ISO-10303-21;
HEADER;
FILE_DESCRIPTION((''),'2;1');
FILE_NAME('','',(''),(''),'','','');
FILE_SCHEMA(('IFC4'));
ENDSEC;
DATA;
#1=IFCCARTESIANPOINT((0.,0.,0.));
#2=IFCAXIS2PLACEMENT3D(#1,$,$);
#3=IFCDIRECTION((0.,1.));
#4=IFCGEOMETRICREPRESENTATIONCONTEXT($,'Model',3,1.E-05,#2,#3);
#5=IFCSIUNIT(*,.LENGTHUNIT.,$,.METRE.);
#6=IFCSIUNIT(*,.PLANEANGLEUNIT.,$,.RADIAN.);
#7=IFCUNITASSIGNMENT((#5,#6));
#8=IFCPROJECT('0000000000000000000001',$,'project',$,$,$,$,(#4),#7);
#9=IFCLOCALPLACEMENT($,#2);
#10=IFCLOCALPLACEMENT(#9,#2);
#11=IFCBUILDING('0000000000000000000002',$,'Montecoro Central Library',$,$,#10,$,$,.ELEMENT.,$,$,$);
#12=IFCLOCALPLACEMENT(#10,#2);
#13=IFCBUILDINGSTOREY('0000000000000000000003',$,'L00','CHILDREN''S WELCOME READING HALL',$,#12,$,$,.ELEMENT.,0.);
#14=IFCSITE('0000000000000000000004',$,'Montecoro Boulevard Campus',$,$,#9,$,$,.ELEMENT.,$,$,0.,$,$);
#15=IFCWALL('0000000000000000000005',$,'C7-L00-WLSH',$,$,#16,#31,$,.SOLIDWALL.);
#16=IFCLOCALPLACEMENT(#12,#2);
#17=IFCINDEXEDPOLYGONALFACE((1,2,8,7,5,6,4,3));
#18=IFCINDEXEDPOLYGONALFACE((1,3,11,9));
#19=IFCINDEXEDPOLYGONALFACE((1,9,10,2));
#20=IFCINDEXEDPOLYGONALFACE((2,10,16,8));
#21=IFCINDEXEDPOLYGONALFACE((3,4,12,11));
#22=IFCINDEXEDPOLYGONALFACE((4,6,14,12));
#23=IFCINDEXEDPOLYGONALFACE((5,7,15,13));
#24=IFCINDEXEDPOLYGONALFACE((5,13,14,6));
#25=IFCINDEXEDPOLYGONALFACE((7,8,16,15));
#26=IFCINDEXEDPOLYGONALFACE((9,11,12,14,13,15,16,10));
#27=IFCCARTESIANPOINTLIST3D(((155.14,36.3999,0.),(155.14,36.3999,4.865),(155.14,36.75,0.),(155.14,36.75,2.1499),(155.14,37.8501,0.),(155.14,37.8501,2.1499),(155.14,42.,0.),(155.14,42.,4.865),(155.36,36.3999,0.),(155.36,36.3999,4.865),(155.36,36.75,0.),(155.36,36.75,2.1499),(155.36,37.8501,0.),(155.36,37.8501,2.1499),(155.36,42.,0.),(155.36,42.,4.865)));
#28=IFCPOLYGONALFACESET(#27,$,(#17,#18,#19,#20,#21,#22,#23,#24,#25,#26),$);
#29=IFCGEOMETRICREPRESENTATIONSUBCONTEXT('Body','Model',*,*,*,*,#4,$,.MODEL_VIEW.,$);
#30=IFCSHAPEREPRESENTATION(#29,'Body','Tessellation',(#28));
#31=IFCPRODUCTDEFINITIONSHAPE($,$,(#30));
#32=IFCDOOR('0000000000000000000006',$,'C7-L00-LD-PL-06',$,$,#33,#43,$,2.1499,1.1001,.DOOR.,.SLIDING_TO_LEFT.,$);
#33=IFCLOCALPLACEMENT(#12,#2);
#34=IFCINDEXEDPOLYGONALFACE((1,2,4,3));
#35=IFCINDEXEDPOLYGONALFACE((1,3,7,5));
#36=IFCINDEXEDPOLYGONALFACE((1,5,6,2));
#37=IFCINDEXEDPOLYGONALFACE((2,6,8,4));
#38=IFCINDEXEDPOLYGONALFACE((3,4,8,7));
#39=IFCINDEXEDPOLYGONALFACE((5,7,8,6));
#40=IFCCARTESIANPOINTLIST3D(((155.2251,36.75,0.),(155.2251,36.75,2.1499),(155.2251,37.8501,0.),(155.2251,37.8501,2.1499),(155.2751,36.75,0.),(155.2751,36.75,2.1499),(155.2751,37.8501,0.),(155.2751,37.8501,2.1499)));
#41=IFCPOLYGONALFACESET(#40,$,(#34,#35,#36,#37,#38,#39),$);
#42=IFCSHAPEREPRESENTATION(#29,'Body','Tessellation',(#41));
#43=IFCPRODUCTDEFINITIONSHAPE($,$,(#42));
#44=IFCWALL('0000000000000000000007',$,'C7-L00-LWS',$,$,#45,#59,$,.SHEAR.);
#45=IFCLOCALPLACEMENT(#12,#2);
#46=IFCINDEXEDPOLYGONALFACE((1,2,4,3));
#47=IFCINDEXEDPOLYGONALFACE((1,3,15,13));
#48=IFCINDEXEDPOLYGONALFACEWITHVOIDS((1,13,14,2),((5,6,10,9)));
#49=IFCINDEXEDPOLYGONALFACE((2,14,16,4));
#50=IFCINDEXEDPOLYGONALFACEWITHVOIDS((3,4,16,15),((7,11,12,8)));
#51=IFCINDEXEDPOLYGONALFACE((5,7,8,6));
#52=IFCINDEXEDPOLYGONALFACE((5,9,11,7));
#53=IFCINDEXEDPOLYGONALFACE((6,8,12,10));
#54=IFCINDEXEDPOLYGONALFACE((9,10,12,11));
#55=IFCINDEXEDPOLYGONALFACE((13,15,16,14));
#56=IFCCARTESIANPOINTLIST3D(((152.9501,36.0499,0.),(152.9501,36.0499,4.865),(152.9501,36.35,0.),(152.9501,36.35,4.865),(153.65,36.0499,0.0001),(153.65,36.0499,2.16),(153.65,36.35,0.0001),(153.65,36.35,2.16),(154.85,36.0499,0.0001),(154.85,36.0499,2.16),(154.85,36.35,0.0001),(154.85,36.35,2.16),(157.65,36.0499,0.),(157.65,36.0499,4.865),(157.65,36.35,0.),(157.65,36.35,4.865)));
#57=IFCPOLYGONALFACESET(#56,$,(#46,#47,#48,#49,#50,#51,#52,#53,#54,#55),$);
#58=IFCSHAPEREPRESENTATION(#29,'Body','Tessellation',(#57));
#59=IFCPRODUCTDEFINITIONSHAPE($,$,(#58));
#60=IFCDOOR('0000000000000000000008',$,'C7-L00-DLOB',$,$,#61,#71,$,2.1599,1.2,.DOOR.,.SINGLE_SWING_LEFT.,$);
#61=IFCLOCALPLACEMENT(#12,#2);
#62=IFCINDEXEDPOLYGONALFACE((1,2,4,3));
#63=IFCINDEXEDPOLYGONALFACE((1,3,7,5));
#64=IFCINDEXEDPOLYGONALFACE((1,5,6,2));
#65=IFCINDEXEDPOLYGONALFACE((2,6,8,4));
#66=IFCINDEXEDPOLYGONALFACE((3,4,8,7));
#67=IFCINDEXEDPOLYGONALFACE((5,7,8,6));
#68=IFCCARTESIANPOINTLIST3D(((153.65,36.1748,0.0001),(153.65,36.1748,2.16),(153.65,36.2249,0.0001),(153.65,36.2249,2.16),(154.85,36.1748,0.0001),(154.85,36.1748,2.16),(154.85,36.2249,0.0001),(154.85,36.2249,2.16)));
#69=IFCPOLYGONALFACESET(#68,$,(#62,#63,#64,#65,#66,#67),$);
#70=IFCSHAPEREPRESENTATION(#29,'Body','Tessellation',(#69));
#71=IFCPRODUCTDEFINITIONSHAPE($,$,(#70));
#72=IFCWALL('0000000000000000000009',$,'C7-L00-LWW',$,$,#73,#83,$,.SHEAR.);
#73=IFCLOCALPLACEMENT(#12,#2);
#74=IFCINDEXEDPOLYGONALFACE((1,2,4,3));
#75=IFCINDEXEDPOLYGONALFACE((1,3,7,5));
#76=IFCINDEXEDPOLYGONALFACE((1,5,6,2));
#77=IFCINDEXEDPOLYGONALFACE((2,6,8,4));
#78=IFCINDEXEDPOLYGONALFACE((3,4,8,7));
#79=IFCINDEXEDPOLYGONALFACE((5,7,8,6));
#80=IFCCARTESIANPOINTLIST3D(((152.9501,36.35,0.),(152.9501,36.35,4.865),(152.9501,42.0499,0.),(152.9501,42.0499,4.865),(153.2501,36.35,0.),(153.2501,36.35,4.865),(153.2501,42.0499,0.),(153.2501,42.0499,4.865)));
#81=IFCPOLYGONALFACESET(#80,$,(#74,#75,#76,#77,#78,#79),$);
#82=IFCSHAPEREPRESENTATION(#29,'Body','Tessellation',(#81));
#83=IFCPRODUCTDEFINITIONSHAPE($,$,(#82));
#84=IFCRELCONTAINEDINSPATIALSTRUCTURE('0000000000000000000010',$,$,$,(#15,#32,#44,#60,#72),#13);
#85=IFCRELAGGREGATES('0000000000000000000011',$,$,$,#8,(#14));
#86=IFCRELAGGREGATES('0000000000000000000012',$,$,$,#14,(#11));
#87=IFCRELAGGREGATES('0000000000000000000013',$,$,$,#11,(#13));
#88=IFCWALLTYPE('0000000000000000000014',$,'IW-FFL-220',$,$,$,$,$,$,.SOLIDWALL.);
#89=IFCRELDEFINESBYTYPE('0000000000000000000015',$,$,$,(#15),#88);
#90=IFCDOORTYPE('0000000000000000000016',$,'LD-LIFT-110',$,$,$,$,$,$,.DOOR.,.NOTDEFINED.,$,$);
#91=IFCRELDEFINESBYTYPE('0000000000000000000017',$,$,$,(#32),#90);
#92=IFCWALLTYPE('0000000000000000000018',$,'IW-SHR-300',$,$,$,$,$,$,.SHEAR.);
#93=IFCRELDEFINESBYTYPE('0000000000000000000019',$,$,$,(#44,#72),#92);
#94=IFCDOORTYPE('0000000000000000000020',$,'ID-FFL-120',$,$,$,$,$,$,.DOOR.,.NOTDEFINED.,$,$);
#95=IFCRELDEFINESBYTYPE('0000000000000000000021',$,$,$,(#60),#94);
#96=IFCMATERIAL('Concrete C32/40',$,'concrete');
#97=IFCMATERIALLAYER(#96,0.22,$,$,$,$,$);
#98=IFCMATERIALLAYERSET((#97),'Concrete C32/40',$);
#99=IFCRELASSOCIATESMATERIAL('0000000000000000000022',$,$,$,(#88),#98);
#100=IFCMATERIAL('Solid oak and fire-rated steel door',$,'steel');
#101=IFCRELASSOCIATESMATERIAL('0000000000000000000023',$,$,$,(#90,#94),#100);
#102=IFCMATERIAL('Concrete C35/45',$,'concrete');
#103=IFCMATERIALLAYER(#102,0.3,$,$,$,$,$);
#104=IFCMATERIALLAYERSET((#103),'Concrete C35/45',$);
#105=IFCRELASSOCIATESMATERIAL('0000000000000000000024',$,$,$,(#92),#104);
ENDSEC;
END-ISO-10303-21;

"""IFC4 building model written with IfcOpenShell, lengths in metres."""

from ifc_helpers import new_model, si_unit, direction, frame, frame_2d, origin, place, context, subcontext, project, spatial, rectangle, extrude, material, layer, layer_set, type_object, element, fill, save


model = new_model("IFC4")

# Units and contexts
model_context = context("Model", 3, precision=1e-05, world=origin(), true_north=direction((0.0, 1.0)))
body_context = subcontext(model_context, "Body", "Model", "MODEL_VIEW")
ifc_project = project(units=[si_unit("LENGTHUNIT", "METRE"), si_unit("PLANEANGLEUNIT", "RADIAN")], contexts=[model_context])

# Site, building, storey
site_placement = place(None, origin())
site = spatial("IfcSite", under=ifc_project, at=site_placement, Name="Montecoro Boulevard Campus", CompositionType="ELEMENT", RefElevation=0.0)
building_placement = place(site_placement, origin())
building = spatial("IfcBuilding", under=site, at=building_placement, Name="Montecoro Central Library", CompositionType="ELEMENT")
storey_placement = place(building_placement, origin())
storey = spatial("IfcBuildingStorey", under=building, at=storey_placement, Name="L00", Description="CHILDREN'S WELCOME READING HALL", CompositionType="ELEMENT", Elevation=0.0)

# Walls, openings, doors
ifc_material_1 = material(Name="Concrete C32/40", Category="concrete")
ifc_layer_1 = layer(ifc_material_1, 0.22)
ifc_layer_set_1 = layer_set([ifc_layer_1], Name="Concrete C32/40")
wall_type_1 = type_object("IfcWallType", Name="IW-FFL-220", PredefinedType="SOLIDWALL", material=ifc_layer_set_1)
wall_1_placement = place(storey_placement, frame((155.25, 36.3999, 0.0), z_axis=(0.0, 0.0, 1.0), x_axis=(0.0, 1.0, 0.0)))
wall_1 = element("IfcWall", 1, at=wall_1_placement, inside=storey, type_object=wall_type_1, Name="C7-L00-WLSH", PredefinedType="SOLIDWALL", context=body_context, shape_type="SweptSolid", body=[
    extrude(rectangle(XDim=5.6001, YDim=0.22, at=frame_2d((2.8, 0.0))), origin(), (0.0, 0.0, 1.0), 4.865),
])
opening_1_placement = place(wall_1_placement, frame((0.3501, 0.0, 0.0)))
opening_1 = element("IfcOpeningElement", 2, at=opening_1_placement, cuts=wall_1, PredefinedType="OPENING", context=body_context, shape_type="SweptSolid", body=[
    extrude(rectangle(XDim=1.1001, YDim=2.1499, at=frame_2d((0.55, 1.075))), frame((0.0, 0.1199, 0.0), z_axis=(0.0, -1.0, 0.0), x_axis=(1.0, 0.0, 0.0)), (0.0, 0.0, 1.0), 0.24),
])
ifc_material_2 = material(Name="Solid oak and fire-rated steel door", Category="steel")
door_type_1 = type_object("IfcDoorType", Name="LD-LIFT-110", OperationType="NOTDEFINED", PredefinedType="DOOR", material=ifc_material_2)
door_1_placement = place(opening_1_placement, origin())
door_1 = element("IfcDoor", 3, at=door_1_placement, inside=storey, type_object=door_type_1, Name="C7-L00-LD-PL-06", OperationType="SLIDING_TO_LEFT", OverallHeight=2.1499, OverallWidth=1.1001, PredefinedType="DOOR", context=body_context, shape_type="SweptSolid", body=[
    extrude(rectangle(XDim=1.1001, YDim=2.1499, at=frame_2d((0.55, 1.075))), frame((0.0, 0.0249, 0.0), z_axis=(0.0, -1.0, 0.0), x_axis=(1.0, 0.0, 0.0)), (0.0, 0.0, 1.0), 0.05),
])
fill(opening_1, door_1)
ifc_material_3 = material(Name="Concrete C35/45", Category="concrete")
ifc_layer_2 = layer(ifc_material_3, 0.3)
ifc_layer_set_2 = layer_set([ifc_layer_2], Name="Concrete C35/45")
wall_type_2 = type_object("IfcWallType", Name="IW-SHR-300", PredefinedType="SHEAR", material=ifc_layer_set_2)
wall_2_placement = place(storey_placement, frame((152.95, 36.2, 0.0), z_axis=(0.0, 0.0, 1.0), x_axis=(1.0, 0.0, 0.0)))
wall_2 = element("IfcWall", 4, at=wall_2_placement, inside=storey, type_object=wall_type_2, Name="C7-L00-LWS", PredefinedType="SHEAR", context=body_context, shape_type="SweptSolid", body=[
    extrude(rectangle(XDim=4.7, YDim=0.3, at=frame_2d((2.3501, 0.0))), origin(), (0.0, 0.0, 1.0), 4.865),
])
opening_2_placement = place(wall_2_placement, frame((0.7, 0.0, 0.0)))
opening_2 = element("IfcOpeningElement", 5, at=opening_2_placement, cuts=wall_2, PredefinedType="OPENING", context=body_context, shape_type="SweptSolid", body=[
    extrude(rectangle(XDim=1.2, YDim=2.1599, at=frame_2d((0.6001, 1.0801))), frame((0.0, 0.1599, 0.0), z_axis=(0.0, -1.0, 0.0), x_axis=(1.0, 0.0, 0.0)), (0.0, 0.0, 1.0), 0.3201),
])
door_type_2 = type_object("IfcDoorType", Name="ID-FFL-120", OperationType="NOTDEFINED", PredefinedType="DOOR", material=ifc_material_2)
door_2_placement = place(opening_2_placement, origin())
door_2 = element("IfcDoor", 6, at=door_2_placement, inside=storey, type_object=door_type_2, Name="C7-L00-DLOB", OperationType="SINGLE_SWING_LEFT", OverallHeight=2.1599, OverallWidth=1.2, PredefinedType="DOOR", context=body_context, shape_type="SweptSolid", body=[
    extrude(rectangle(XDim=1.2, YDim=2.1599, at=frame_2d((0.6001, 1.0801))), frame((0.0, 0.0249, 0.0), z_axis=(0.0, -1.0, 0.0), x_axis=(1.0, 0.0, 0.0)), (0.0, 0.0, 1.0), 0.05),
])
fill(opening_2, door_2)

# Wall
wall_3_placement = place(storey_placement, frame((153.1001, 42.05, 0.0), z_axis=(0.0, 0.0, 1.0), x_axis=(0.0, -1.0, 0.0)))
element("IfcWall", 7, at=wall_3_placement, inside=storey, type_object=wall_type_2, Name="C7-L00-LWW", PredefinedType="SHEAR", context=body_context, shape_type="SweptSolid", body=[
    extrude(rectangle(XDim=5.7, YDim=0.3, at=frame_2d((2.8501, 0.0))), origin(), (0.0, 0.0, 1.0), 4.865),
])

save(model, "model.ifc")
